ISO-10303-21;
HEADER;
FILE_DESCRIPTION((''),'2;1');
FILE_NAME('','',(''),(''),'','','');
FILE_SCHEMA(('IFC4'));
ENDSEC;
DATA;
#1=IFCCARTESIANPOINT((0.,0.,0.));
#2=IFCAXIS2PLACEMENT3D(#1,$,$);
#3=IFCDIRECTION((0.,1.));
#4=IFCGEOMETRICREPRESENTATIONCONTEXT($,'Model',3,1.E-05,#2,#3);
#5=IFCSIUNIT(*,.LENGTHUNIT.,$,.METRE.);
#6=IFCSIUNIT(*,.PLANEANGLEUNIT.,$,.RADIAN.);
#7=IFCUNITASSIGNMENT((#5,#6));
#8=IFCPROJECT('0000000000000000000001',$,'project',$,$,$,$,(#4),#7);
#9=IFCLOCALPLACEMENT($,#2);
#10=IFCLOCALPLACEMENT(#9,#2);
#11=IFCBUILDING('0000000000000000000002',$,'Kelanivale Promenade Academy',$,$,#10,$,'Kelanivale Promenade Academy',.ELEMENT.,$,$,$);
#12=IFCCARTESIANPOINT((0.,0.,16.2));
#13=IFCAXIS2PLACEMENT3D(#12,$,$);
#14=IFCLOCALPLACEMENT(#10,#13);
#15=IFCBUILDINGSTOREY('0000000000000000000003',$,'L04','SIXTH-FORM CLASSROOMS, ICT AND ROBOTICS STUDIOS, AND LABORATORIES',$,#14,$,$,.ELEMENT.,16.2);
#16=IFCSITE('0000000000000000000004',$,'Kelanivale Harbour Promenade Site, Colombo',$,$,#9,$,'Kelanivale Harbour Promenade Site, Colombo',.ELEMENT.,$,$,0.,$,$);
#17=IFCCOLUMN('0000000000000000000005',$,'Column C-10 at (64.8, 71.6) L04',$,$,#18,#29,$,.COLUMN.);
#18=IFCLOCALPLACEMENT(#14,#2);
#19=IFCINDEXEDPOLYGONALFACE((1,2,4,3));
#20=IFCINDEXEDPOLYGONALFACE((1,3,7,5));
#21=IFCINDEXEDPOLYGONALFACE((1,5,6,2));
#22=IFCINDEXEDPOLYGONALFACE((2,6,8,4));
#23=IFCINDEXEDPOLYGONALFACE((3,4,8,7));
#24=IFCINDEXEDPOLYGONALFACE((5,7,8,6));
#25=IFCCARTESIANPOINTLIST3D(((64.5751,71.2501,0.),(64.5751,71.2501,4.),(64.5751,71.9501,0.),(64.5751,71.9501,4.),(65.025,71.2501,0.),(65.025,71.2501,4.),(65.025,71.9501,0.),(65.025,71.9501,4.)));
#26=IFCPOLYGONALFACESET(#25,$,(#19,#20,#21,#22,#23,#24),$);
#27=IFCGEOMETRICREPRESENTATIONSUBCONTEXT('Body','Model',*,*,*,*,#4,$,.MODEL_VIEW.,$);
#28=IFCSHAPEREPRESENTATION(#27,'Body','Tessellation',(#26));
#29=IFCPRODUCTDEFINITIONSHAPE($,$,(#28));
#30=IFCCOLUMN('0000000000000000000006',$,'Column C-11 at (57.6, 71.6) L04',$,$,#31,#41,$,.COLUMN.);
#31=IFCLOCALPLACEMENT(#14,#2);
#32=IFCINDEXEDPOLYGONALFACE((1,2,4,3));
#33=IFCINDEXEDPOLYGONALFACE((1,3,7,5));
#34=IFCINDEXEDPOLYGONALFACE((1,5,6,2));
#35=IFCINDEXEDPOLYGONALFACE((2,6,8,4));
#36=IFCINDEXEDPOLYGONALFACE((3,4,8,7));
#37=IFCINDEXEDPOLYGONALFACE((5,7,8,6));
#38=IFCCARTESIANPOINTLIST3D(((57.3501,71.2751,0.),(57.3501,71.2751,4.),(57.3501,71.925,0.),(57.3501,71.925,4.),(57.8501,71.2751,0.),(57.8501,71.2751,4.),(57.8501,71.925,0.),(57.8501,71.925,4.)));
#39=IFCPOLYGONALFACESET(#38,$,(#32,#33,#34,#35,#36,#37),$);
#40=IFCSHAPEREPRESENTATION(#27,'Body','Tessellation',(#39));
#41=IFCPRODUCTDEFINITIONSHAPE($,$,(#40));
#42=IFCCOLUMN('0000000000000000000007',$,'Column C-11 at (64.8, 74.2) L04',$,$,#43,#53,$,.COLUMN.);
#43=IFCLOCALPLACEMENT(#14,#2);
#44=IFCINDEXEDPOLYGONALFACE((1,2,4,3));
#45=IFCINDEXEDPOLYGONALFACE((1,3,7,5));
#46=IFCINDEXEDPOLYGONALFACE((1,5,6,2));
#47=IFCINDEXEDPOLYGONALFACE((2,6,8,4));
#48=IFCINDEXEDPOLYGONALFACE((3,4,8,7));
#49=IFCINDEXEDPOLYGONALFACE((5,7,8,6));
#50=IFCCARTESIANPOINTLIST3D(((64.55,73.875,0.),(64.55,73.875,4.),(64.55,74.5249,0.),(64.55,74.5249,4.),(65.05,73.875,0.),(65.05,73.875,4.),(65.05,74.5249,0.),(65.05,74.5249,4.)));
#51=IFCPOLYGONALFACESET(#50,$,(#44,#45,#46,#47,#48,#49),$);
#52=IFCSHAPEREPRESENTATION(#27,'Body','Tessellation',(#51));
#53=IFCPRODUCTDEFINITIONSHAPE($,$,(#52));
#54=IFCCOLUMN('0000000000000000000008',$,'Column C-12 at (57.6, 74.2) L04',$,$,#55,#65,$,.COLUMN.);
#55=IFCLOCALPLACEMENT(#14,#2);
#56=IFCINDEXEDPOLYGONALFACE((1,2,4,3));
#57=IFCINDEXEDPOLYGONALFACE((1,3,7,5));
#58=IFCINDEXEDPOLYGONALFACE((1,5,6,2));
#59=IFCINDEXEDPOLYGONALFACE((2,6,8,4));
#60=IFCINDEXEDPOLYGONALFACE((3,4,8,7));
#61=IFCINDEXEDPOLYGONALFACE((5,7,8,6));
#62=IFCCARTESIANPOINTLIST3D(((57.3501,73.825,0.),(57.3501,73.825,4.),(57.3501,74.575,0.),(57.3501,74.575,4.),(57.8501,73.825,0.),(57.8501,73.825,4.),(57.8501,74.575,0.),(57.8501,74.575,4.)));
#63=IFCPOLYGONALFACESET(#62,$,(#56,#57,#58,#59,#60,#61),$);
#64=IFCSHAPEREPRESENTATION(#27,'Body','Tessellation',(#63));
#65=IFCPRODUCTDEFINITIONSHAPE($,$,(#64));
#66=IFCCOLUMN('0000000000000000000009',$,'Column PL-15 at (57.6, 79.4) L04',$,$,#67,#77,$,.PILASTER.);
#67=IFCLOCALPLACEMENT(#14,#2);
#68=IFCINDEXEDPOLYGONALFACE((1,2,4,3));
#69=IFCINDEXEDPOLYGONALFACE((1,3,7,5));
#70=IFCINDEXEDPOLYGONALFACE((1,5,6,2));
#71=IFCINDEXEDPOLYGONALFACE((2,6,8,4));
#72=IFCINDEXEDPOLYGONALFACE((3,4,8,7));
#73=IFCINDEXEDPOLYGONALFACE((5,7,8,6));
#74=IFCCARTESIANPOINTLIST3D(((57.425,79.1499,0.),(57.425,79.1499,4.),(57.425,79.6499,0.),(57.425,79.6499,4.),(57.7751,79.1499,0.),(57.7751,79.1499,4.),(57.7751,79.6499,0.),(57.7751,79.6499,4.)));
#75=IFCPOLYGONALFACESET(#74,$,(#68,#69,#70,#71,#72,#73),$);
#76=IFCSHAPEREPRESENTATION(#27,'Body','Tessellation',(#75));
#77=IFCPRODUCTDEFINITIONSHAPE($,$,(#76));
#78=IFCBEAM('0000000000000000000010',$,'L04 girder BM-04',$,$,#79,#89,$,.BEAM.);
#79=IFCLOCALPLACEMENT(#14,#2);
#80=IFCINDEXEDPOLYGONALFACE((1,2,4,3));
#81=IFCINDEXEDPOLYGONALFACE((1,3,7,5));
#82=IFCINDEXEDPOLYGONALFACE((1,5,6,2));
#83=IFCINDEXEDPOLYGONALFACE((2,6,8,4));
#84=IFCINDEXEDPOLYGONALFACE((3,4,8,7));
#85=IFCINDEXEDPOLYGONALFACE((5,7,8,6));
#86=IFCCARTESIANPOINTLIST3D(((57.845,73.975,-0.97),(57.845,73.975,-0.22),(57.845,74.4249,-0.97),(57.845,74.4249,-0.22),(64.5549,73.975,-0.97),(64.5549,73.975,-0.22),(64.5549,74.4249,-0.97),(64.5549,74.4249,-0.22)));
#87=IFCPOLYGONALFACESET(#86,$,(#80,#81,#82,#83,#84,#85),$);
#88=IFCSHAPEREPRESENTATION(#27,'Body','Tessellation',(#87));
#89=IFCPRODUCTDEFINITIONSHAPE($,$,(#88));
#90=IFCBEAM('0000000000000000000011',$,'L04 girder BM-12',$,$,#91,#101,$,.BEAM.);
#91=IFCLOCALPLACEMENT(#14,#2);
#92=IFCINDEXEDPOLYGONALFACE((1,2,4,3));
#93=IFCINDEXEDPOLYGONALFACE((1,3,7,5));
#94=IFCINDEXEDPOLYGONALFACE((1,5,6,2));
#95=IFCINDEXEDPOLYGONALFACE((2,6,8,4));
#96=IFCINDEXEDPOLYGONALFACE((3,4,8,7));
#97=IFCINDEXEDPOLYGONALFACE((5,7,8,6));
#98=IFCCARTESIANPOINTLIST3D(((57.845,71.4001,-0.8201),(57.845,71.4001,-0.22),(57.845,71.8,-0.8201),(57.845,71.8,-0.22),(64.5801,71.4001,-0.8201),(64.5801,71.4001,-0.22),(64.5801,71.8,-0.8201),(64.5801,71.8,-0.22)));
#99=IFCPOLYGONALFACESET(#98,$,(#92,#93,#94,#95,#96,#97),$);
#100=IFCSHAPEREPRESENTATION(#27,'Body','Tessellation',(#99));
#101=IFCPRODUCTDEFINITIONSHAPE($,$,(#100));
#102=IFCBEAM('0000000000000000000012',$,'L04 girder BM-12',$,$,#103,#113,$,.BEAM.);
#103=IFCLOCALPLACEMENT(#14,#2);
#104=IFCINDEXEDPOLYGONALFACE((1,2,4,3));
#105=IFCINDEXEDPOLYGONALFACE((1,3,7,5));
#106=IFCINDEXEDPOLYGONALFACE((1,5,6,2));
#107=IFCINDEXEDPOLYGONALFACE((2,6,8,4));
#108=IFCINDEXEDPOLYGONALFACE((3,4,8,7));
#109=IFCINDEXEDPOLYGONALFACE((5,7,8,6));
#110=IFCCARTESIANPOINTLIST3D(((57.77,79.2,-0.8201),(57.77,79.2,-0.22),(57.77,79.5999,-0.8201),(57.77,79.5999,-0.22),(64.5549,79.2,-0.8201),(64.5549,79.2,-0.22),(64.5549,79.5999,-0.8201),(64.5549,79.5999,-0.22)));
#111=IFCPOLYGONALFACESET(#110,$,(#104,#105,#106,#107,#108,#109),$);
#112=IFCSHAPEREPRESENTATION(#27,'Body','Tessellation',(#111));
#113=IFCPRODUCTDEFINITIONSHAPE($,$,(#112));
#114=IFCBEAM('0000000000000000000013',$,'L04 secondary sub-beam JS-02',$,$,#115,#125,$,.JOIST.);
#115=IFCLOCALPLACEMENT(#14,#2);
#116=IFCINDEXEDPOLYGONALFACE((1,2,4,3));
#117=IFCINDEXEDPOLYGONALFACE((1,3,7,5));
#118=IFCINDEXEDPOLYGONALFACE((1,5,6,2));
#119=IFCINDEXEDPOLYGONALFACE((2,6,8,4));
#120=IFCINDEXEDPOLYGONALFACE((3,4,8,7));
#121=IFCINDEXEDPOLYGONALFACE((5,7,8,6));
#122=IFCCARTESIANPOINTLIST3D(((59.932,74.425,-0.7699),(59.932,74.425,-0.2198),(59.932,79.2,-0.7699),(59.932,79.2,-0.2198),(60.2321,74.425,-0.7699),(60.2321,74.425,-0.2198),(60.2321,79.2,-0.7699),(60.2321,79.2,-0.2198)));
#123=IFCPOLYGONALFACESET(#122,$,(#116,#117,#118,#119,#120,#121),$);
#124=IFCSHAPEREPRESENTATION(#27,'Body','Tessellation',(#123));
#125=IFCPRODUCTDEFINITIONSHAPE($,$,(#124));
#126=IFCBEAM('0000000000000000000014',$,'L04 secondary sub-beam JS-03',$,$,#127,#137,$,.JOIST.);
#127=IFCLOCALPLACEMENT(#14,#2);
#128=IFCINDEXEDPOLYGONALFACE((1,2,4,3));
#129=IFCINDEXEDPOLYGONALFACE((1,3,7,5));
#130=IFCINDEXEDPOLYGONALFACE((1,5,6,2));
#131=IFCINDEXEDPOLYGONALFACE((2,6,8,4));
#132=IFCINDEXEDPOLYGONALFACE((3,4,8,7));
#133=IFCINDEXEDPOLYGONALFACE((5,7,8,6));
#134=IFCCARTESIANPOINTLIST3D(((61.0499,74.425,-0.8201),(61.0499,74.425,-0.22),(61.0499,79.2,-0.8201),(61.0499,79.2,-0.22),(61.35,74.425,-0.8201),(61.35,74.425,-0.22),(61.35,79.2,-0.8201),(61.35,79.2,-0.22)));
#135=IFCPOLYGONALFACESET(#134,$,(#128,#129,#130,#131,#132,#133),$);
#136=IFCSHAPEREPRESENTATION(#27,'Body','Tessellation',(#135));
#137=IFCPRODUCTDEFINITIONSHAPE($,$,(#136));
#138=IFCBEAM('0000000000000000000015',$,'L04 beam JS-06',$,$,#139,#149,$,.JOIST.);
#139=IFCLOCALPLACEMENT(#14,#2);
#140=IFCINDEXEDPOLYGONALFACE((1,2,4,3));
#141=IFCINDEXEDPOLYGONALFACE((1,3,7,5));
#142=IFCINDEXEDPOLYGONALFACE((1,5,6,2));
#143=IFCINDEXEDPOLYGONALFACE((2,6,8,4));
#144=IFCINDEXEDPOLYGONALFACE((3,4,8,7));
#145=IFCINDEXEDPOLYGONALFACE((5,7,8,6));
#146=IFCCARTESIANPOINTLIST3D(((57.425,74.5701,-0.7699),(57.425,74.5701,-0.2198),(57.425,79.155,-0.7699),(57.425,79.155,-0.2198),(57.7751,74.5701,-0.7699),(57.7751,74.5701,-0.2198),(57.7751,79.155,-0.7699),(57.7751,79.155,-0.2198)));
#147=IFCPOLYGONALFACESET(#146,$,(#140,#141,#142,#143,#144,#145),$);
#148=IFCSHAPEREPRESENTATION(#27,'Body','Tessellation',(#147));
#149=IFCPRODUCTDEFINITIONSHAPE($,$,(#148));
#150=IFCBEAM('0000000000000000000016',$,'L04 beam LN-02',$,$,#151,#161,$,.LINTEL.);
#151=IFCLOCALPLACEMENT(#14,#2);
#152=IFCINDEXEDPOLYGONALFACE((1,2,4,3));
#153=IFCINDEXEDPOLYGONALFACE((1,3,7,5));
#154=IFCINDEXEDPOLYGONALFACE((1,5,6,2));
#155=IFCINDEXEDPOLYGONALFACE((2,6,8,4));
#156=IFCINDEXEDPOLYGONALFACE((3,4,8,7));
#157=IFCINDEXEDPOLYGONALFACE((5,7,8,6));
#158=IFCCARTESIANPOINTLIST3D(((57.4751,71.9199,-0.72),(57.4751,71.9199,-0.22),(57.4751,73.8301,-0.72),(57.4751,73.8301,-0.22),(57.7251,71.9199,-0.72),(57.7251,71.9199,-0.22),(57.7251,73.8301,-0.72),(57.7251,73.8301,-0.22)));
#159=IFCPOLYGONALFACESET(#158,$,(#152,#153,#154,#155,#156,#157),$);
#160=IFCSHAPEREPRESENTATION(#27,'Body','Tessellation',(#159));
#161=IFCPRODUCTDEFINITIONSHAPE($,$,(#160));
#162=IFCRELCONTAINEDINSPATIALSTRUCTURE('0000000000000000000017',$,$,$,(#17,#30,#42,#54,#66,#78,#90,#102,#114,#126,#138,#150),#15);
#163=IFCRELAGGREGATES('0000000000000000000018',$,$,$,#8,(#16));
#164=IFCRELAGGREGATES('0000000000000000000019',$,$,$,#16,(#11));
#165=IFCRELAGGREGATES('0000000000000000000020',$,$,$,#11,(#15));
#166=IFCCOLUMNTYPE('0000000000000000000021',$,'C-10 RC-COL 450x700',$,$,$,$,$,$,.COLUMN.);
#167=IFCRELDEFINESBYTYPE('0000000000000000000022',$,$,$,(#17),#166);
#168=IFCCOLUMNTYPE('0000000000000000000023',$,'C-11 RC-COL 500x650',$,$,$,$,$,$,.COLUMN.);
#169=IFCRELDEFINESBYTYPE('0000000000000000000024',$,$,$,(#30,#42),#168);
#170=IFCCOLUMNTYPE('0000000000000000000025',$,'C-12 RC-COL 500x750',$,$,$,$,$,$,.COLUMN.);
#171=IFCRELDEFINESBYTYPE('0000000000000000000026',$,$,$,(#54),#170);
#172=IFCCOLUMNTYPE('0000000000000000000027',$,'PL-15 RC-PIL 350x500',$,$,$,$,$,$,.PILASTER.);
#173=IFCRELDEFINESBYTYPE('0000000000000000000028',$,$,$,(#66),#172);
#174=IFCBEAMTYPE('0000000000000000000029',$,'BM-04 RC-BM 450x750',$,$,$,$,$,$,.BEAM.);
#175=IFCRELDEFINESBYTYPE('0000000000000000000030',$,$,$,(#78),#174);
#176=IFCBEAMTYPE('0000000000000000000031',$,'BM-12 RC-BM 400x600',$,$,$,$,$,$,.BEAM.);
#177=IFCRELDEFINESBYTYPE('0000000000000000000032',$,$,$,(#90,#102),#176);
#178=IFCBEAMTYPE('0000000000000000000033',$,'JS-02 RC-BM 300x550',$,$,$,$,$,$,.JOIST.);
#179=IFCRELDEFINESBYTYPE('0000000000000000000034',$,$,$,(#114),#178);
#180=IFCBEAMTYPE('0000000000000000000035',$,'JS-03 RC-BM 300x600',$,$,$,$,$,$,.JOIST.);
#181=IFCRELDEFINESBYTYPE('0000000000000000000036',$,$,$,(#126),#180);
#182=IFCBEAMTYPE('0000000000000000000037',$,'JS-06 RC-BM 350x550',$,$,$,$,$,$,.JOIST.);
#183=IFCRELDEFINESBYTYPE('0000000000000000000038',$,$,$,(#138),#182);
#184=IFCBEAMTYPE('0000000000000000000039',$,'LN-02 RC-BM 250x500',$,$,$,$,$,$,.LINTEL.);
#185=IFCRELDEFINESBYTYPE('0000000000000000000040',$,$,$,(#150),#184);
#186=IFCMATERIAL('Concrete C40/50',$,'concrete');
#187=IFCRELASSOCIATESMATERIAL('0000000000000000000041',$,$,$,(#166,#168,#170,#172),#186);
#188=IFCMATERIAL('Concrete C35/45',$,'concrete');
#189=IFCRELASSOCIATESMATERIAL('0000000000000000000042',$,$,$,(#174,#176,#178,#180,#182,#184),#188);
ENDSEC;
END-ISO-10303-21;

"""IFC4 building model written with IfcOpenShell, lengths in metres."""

from ifc_helpers import new_model, si_unit, direction, frame, origin, origin_2d, place, context, subcontext, project, spatial, rectangle, extrude, material, material_profile, profile_set, type_object, element, save


model = new_model("IFC4")

# Units and contexts
model_context = context("Model", 3, precision=1e-05, world=origin(), true_north=direction((0.0, 1.0)))
body_context = subcontext(model_context, "Body", "Model", "MODEL_VIEW")
ifc_project = project(units=[si_unit("LENGTHUNIT", "METRE"), si_unit("PLANEANGLEUNIT", "RADIAN")], contexts=[model_context])

# Site, building, storey
site_placement = place(None, origin())
site = spatial("IfcSite", under=ifc_project, at=site_placement, Name="Kelanivale Harbour Promenade Site, Colombo", LongName="Kelanivale Harbour Promenade Site, Colombo", CompositionType="ELEMENT", RefElevation=0.0)
building_placement = place(site_placement, origin())
building = spatial("IfcBuilding", under=site, at=building_placement, Name="Kelanivale Promenade Academy", LongName="Kelanivale Promenade Academy", CompositionType="ELEMENT")
storey_placement = place(building_placement, frame((0.0, 0.0, 16.2)))
storey = spatial("IfcBuildingStorey", under=building, at=storey_placement, Name="L04", Description="SIXTH-FORM CLASSROOMS, ICT AND ROBOTICS STUDIOS, AND LABORATORIES", CompositionType="ELEMENT", Elevation=16.2)

# Columns
ifc_material_1 = material(Name="Concrete C40/50", Category="concrete")
ifc_material_profile_1 = material_profile(ifc_material_1, rectangle(XDim=0.45, YDim=0.7, at=origin_2d()), Name="RC-COL 450x700")
ifc_profile_set_1 = profile_set([ifc_material_profile_1], Name="Concrete C40/50")
column_type_1 = type_object("IfcColumnType", Name="C-10 RC-COL 450x700", PredefinedType="COLUMN", material=ifc_profile_set_1)
column_1_placement = place(storey_placement, frame((64.8, 71.6001, 0.0), z_axis=(0.0, 0.0, 1.0), x_axis=(1.0, 0.0, 0.0)))
element("IfcColumn", 1, at=column_1_placement, inside=storey, type_object=column_type_1, Name="Column C-10 at (64.8, 71.6) L04", PredefinedType="COLUMN", context=body_context, shape_type="SweptSolid", body=[
    extrude(rectangle(XDim=0.45, YDim=0.7, at=origin_2d()), origin(), (0.0, 0.0, 1.0), 4.0),
])
ifc_material_profile_2 = material_profile(ifc_material_1, rectangle(XDim=0.5, YDim=0.6499, at=origin_2d()), Name="RC-COL 500x650")
ifc_profile_set_2 = profile_set([ifc_material_profile_2], Name="Concrete C40/50")
column_type_2 = type_object("IfcColumnType", Name="C-11 RC-COL 500x650", PredefinedType="COLUMN", material=ifc_profile_set_2)
for number, where, z_axis, x_axis, name in (
    (2, (57.6001, 71.6001, 0.0), (0.0, 0.0, 1.0), (1.0, 0.0, 0.0), "Column C-11 at (57.6, 71.6) L04"),
    (3, (64.8, 74.2, 0.0), (0.0, 0.0, 1.0), (1.0, 0.0, 0.0), "Column C-11 at (64.8, 74.2) L04"),
):
    element("IfcColumn", number, at=place(storey_placement, frame(where, z_axis=z_axis, x_axis=x_axis)), inside=storey, type_object=column_type_2, Name=name, PredefinedType="COLUMN", context=body_context, shape_type="SweptSolid", body=[
        extrude(rectangle(XDim=0.5, YDim=0.6499, at=origin_2d()), origin(), (0.0, 0.0, 1.0), 4.0),
    ])
ifc_material_profile_3 = material_profile(ifc_material_1, rectangle(XDim=0.5, YDim=0.75, at=origin_2d()), Name="RC-COL 500x750")
ifc_profile_set_3 = profile_set([ifc_material_profile_3], Name="Concrete C40/50")
column_type_3 = type_object("IfcColumnType", Name="C-12 RC-COL 500x750", PredefinedType="COLUMN", material=ifc_profile_set_3)
column_2_placement = place(storey_placement, frame((57.6001, 74.2, 0.0), z_axis=(0.0, 0.0, 1.0), x_axis=(1.0, 0.0, 0.0)))
element("IfcColumn", 4, at=column_2_placement, inside=storey, type_object=column_type_3, Name="Column C-12 at (57.6, 74.2) L04", PredefinedType="COLUMN", context=body_context, shape_type="SweptSolid", body=[
    extrude(rectangle(XDim=0.5, YDim=0.75, at=origin_2d()), origin(), (0.0, 0.0, 1.0), 4.0),
])
ifc_material_profile_4 = material_profile(ifc_material_1, rectangle(XDim=0.3501, YDim=0.5, at=origin_2d()), Name="RC-PIL 350x500")
ifc_profile_set_4 = profile_set([ifc_material_profile_4], Name="Concrete C40/50")
column_type_4 = type_object("IfcColumnType", Name="PL-15 RC-PIL 350x500", PredefinedType="PILASTER", material=ifc_profile_set_4)
column_3_placement = place(storey_placement, frame((57.6001, 79.3999, 0.0), z_axis=(0.0, 0.0, 1.0), x_axis=(1.0, 0.0, 0.0)))
element("IfcColumn", 5, at=column_3_placement, inside=storey, type_object=column_type_4, Name="Column PL-15 at (57.6, 79.4) L04", PredefinedType="PILASTER", context=body_context, shape_type="SweptSolid", body=[
    extrude(rectangle(XDim=0.3501, YDim=0.5, at=origin_2d()), origin(), (0.0, 0.0, 1.0), 4.0),
])

# Beams
ifc_material_2 = material(Name="Concrete C35/45", Category="concrete")
ifc_material_profile_5 = material_profile(ifc_material_2, rectangle(XDim=0.45, YDim=0.75, at=origin_2d()), Name="RC-BM 450x750")
ifc_profile_set_5 = profile_set([ifc_material_profile_5], Name="Concrete C35/45")
beam_type_1 = type_object("IfcBeamType", Name="BM-04 RC-BM 450x750", PredefinedType="BEAM", material=ifc_profile_set_5)
beam_1_placement = place(storey_placement, frame((57.845, 74.2, -0.595), z_axis=(1.0, 0.0, 0.0), x_axis=(0.0, 1.0, 0.0)))
element("IfcBeam", 6, at=beam_1_placement, inside=storey, type_object=beam_type_1, Name="L04 girder BM-04", PredefinedType="BEAM", context=body_context, shape_type="SweptSolid", body=[
    extrude(rectangle(XDim=0.45, YDim=0.75, at=origin_2d()), origin(), (0.0, 0.0, 1.0), 6.71),
])
ifc_material_profile_6 = material_profile(ifc_material_2, rectangle(XDim=0.3999, YDim=0.6001, at=origin_2d()), Name="RC-BM 400x600")
ifc_profile_set_6 = profile_set([ifc_material_profile_6], Name="Concrete C35/45")
beam_type_2 = type_object("IfcBeamType", Name="BM-12 RC-BM 400x600", PredefinedType="BEAM", material=ifc_profile_set_6)
beam_2_placement = place(storey_placement, frame((57.845, 71.6001, -0.52), z_axis=(1.0, 0.0, 0.0), x_axis=(0.0, 1.0, 0.0)))
element("IfcBeam", 7, at=beam_2_placement, inside=storey, type_object=beam_type_2, Name="L04 girder BM-12", PredefinedType="BEAM", context=body_context, shape_type="SweptSolid", body=[
    extrude(rectangle(XDim=0.3999, YDim=0.6001, at=origin_2d()), origin(), (0.0, 0.0, 1.0), 6.7351),
])
beam_3_placement = place(storey_placement, frame((57.77, 79.3999, -0.52), z_axis=(1.0, 0.0, 0.0), x_axis=(0.0, 1.0, 0.0)))
element("IfcBeam", 8, at=beam_3_placement, inside=storey, type_object=beam_type_2, Name="L04 girder BM-12", PredefinedType="BEAM", context=body_context, shape_type="SweptSolid", body=[
    extrude(rectangle(XDim=0.3999, YDim=0.6001, at=origin_2d()), origin(), (0.0, 0.0, 1.0), 6.7849),
])
ifc_material_profile_7 = material_profile(ifc_material_2, rectangle(XDim=0.3, YDim=0.55, at=origin_2d()), Name="RC-BM 300x550")
ifc_profile_set_7 = profile_set([ifc_material_profile_7], Name="Concrete C35/45")
beam_type_3 = type_object("IfcBeamType", Name="JS-02 RC-BM 300x550", PredefinedType="JOIST", material=ifc_profile_set_7)
beam_4_placement = place(storey_placement, frame((60.082, 74.425, -0.4949), z_axis=(0.0, 1.0, 0.0), x_axis=(-1.0, 0.0, 0.0)))
element("IfcBeam", 9, at=beam_4_placement, inside=storey, type_object=beam_type_3, Name="L04 secondary sub-beam JS-02", PredefinedType="JOIST", context=body_context, shape_type="SweptSolid", body=[
    extrude(rectangle(XDim=0.3, YDim=0.55, at=origin_2d()), origin(), (0.0, 0.0, 1.0), 4.7749),
])
ifc_material_profile_8 = material_profile(ifc_material_2, rectangle(XDim=0.3, YDim=0.6001, at=origin_2d()), Name="RC-BM 300x600")
ifc_profile_set_8 = profile_set([ifc_material_profile_8], Name="Concrete C35/45")
beam_type_4 = type_object("IfcBeamType", Name="JS-03 RC-BM 300x600", PredefinedType="JOIST", material=ifc_profile_set_8)
beam_5_placement = place(storey_placement, frame((61.2, 74.425, -0.52), z_axis=(0.0, 1.0, 0.0), x_axis=(-1.0, 0.0, 0.0)))
element("IfcBeam", 10, at=beam_5_placement, inside=storey, type_object=beam_type_4, Name="L04 secondary sub-beam JS-03", PredefinedType="JOIST", context=body_context, shape_type="SweptSolid", body=[
    extrude(rectangle(XDim=0.3, YDim=0.6001, at=origin_2d()), origin(), (0.0, 0.0, 1.0), 4.7749),
])
ifc_material_profile_9 = material_profile(ifc_material_2, rectangle(XDim=0.3501, YDim=0.55, at=origin_2d()), Name="RC-BM 350x550")
ifc_profile_set_9 = profile_set([ifc_material_profile_9], Name="Concrete C35/45")
beam_type_5 = type_object("IfcBeamType", Name="JS-06 RC-BM 350x550", PredefinedType="JOIST", material=ifc_profile_set_9)
beam_6_placement = place(storey_placement, frame((57.6001, 74.5701, -0.4949), z_axis=(0.0, 1.0, 0.0), x_axis=(-1.0, 0.0, 0.0)))
element("IfcBeam", 11, at=beam_6_placement, inside=storey, type_object=beam_type_5, Name="L04 beam JS-06", PredefinedType="JOIST", context=body_context, shape_type="SweptSolid", body=[
    extrude(rectangle(XDim=0.3501, YDim=0.55, at=origin_2d()), origin(), (0.0, 0.0, 1.0), 4.585),
])
ifc_material_profile_10 = material_profile(ifc_material_2, rectangle(XDim=0.25, YDim=0.5, at=origin_2d()), Name="RC-BM 250x500")
ifc_profile_set_10 = profile_set([ifc_material_profile_10], Name="Concrete C35/45")
beam_type_6 = type_object("IfcBeamType", Name="LN-02 RC-BM 250x500", PredefinedType="LINTEL", material=ifc_profile_set_10)
beam_7_placement = place(storey_placement, frame((57.6001, 71.9199, -0.47), z_axis=(0.0, 1.0, 0.0), x_axis=(-1.0, 0.0, 0.0)))
element("IfcBeam", 12, at=beam_7_placement, inside=storey, type_object=beam_type_6, Name="L04 beam LN-02", PredefinedType="LINTEL", context=body_context, shape_type="SweptSolid", body=[
    extrude(rectangle(XDim=0.25, YDim=0.5, at=origin_2d()), origin(), (0.0, 0.0, 1.0), 1.9102),
])

save(model, "model.ifc")
